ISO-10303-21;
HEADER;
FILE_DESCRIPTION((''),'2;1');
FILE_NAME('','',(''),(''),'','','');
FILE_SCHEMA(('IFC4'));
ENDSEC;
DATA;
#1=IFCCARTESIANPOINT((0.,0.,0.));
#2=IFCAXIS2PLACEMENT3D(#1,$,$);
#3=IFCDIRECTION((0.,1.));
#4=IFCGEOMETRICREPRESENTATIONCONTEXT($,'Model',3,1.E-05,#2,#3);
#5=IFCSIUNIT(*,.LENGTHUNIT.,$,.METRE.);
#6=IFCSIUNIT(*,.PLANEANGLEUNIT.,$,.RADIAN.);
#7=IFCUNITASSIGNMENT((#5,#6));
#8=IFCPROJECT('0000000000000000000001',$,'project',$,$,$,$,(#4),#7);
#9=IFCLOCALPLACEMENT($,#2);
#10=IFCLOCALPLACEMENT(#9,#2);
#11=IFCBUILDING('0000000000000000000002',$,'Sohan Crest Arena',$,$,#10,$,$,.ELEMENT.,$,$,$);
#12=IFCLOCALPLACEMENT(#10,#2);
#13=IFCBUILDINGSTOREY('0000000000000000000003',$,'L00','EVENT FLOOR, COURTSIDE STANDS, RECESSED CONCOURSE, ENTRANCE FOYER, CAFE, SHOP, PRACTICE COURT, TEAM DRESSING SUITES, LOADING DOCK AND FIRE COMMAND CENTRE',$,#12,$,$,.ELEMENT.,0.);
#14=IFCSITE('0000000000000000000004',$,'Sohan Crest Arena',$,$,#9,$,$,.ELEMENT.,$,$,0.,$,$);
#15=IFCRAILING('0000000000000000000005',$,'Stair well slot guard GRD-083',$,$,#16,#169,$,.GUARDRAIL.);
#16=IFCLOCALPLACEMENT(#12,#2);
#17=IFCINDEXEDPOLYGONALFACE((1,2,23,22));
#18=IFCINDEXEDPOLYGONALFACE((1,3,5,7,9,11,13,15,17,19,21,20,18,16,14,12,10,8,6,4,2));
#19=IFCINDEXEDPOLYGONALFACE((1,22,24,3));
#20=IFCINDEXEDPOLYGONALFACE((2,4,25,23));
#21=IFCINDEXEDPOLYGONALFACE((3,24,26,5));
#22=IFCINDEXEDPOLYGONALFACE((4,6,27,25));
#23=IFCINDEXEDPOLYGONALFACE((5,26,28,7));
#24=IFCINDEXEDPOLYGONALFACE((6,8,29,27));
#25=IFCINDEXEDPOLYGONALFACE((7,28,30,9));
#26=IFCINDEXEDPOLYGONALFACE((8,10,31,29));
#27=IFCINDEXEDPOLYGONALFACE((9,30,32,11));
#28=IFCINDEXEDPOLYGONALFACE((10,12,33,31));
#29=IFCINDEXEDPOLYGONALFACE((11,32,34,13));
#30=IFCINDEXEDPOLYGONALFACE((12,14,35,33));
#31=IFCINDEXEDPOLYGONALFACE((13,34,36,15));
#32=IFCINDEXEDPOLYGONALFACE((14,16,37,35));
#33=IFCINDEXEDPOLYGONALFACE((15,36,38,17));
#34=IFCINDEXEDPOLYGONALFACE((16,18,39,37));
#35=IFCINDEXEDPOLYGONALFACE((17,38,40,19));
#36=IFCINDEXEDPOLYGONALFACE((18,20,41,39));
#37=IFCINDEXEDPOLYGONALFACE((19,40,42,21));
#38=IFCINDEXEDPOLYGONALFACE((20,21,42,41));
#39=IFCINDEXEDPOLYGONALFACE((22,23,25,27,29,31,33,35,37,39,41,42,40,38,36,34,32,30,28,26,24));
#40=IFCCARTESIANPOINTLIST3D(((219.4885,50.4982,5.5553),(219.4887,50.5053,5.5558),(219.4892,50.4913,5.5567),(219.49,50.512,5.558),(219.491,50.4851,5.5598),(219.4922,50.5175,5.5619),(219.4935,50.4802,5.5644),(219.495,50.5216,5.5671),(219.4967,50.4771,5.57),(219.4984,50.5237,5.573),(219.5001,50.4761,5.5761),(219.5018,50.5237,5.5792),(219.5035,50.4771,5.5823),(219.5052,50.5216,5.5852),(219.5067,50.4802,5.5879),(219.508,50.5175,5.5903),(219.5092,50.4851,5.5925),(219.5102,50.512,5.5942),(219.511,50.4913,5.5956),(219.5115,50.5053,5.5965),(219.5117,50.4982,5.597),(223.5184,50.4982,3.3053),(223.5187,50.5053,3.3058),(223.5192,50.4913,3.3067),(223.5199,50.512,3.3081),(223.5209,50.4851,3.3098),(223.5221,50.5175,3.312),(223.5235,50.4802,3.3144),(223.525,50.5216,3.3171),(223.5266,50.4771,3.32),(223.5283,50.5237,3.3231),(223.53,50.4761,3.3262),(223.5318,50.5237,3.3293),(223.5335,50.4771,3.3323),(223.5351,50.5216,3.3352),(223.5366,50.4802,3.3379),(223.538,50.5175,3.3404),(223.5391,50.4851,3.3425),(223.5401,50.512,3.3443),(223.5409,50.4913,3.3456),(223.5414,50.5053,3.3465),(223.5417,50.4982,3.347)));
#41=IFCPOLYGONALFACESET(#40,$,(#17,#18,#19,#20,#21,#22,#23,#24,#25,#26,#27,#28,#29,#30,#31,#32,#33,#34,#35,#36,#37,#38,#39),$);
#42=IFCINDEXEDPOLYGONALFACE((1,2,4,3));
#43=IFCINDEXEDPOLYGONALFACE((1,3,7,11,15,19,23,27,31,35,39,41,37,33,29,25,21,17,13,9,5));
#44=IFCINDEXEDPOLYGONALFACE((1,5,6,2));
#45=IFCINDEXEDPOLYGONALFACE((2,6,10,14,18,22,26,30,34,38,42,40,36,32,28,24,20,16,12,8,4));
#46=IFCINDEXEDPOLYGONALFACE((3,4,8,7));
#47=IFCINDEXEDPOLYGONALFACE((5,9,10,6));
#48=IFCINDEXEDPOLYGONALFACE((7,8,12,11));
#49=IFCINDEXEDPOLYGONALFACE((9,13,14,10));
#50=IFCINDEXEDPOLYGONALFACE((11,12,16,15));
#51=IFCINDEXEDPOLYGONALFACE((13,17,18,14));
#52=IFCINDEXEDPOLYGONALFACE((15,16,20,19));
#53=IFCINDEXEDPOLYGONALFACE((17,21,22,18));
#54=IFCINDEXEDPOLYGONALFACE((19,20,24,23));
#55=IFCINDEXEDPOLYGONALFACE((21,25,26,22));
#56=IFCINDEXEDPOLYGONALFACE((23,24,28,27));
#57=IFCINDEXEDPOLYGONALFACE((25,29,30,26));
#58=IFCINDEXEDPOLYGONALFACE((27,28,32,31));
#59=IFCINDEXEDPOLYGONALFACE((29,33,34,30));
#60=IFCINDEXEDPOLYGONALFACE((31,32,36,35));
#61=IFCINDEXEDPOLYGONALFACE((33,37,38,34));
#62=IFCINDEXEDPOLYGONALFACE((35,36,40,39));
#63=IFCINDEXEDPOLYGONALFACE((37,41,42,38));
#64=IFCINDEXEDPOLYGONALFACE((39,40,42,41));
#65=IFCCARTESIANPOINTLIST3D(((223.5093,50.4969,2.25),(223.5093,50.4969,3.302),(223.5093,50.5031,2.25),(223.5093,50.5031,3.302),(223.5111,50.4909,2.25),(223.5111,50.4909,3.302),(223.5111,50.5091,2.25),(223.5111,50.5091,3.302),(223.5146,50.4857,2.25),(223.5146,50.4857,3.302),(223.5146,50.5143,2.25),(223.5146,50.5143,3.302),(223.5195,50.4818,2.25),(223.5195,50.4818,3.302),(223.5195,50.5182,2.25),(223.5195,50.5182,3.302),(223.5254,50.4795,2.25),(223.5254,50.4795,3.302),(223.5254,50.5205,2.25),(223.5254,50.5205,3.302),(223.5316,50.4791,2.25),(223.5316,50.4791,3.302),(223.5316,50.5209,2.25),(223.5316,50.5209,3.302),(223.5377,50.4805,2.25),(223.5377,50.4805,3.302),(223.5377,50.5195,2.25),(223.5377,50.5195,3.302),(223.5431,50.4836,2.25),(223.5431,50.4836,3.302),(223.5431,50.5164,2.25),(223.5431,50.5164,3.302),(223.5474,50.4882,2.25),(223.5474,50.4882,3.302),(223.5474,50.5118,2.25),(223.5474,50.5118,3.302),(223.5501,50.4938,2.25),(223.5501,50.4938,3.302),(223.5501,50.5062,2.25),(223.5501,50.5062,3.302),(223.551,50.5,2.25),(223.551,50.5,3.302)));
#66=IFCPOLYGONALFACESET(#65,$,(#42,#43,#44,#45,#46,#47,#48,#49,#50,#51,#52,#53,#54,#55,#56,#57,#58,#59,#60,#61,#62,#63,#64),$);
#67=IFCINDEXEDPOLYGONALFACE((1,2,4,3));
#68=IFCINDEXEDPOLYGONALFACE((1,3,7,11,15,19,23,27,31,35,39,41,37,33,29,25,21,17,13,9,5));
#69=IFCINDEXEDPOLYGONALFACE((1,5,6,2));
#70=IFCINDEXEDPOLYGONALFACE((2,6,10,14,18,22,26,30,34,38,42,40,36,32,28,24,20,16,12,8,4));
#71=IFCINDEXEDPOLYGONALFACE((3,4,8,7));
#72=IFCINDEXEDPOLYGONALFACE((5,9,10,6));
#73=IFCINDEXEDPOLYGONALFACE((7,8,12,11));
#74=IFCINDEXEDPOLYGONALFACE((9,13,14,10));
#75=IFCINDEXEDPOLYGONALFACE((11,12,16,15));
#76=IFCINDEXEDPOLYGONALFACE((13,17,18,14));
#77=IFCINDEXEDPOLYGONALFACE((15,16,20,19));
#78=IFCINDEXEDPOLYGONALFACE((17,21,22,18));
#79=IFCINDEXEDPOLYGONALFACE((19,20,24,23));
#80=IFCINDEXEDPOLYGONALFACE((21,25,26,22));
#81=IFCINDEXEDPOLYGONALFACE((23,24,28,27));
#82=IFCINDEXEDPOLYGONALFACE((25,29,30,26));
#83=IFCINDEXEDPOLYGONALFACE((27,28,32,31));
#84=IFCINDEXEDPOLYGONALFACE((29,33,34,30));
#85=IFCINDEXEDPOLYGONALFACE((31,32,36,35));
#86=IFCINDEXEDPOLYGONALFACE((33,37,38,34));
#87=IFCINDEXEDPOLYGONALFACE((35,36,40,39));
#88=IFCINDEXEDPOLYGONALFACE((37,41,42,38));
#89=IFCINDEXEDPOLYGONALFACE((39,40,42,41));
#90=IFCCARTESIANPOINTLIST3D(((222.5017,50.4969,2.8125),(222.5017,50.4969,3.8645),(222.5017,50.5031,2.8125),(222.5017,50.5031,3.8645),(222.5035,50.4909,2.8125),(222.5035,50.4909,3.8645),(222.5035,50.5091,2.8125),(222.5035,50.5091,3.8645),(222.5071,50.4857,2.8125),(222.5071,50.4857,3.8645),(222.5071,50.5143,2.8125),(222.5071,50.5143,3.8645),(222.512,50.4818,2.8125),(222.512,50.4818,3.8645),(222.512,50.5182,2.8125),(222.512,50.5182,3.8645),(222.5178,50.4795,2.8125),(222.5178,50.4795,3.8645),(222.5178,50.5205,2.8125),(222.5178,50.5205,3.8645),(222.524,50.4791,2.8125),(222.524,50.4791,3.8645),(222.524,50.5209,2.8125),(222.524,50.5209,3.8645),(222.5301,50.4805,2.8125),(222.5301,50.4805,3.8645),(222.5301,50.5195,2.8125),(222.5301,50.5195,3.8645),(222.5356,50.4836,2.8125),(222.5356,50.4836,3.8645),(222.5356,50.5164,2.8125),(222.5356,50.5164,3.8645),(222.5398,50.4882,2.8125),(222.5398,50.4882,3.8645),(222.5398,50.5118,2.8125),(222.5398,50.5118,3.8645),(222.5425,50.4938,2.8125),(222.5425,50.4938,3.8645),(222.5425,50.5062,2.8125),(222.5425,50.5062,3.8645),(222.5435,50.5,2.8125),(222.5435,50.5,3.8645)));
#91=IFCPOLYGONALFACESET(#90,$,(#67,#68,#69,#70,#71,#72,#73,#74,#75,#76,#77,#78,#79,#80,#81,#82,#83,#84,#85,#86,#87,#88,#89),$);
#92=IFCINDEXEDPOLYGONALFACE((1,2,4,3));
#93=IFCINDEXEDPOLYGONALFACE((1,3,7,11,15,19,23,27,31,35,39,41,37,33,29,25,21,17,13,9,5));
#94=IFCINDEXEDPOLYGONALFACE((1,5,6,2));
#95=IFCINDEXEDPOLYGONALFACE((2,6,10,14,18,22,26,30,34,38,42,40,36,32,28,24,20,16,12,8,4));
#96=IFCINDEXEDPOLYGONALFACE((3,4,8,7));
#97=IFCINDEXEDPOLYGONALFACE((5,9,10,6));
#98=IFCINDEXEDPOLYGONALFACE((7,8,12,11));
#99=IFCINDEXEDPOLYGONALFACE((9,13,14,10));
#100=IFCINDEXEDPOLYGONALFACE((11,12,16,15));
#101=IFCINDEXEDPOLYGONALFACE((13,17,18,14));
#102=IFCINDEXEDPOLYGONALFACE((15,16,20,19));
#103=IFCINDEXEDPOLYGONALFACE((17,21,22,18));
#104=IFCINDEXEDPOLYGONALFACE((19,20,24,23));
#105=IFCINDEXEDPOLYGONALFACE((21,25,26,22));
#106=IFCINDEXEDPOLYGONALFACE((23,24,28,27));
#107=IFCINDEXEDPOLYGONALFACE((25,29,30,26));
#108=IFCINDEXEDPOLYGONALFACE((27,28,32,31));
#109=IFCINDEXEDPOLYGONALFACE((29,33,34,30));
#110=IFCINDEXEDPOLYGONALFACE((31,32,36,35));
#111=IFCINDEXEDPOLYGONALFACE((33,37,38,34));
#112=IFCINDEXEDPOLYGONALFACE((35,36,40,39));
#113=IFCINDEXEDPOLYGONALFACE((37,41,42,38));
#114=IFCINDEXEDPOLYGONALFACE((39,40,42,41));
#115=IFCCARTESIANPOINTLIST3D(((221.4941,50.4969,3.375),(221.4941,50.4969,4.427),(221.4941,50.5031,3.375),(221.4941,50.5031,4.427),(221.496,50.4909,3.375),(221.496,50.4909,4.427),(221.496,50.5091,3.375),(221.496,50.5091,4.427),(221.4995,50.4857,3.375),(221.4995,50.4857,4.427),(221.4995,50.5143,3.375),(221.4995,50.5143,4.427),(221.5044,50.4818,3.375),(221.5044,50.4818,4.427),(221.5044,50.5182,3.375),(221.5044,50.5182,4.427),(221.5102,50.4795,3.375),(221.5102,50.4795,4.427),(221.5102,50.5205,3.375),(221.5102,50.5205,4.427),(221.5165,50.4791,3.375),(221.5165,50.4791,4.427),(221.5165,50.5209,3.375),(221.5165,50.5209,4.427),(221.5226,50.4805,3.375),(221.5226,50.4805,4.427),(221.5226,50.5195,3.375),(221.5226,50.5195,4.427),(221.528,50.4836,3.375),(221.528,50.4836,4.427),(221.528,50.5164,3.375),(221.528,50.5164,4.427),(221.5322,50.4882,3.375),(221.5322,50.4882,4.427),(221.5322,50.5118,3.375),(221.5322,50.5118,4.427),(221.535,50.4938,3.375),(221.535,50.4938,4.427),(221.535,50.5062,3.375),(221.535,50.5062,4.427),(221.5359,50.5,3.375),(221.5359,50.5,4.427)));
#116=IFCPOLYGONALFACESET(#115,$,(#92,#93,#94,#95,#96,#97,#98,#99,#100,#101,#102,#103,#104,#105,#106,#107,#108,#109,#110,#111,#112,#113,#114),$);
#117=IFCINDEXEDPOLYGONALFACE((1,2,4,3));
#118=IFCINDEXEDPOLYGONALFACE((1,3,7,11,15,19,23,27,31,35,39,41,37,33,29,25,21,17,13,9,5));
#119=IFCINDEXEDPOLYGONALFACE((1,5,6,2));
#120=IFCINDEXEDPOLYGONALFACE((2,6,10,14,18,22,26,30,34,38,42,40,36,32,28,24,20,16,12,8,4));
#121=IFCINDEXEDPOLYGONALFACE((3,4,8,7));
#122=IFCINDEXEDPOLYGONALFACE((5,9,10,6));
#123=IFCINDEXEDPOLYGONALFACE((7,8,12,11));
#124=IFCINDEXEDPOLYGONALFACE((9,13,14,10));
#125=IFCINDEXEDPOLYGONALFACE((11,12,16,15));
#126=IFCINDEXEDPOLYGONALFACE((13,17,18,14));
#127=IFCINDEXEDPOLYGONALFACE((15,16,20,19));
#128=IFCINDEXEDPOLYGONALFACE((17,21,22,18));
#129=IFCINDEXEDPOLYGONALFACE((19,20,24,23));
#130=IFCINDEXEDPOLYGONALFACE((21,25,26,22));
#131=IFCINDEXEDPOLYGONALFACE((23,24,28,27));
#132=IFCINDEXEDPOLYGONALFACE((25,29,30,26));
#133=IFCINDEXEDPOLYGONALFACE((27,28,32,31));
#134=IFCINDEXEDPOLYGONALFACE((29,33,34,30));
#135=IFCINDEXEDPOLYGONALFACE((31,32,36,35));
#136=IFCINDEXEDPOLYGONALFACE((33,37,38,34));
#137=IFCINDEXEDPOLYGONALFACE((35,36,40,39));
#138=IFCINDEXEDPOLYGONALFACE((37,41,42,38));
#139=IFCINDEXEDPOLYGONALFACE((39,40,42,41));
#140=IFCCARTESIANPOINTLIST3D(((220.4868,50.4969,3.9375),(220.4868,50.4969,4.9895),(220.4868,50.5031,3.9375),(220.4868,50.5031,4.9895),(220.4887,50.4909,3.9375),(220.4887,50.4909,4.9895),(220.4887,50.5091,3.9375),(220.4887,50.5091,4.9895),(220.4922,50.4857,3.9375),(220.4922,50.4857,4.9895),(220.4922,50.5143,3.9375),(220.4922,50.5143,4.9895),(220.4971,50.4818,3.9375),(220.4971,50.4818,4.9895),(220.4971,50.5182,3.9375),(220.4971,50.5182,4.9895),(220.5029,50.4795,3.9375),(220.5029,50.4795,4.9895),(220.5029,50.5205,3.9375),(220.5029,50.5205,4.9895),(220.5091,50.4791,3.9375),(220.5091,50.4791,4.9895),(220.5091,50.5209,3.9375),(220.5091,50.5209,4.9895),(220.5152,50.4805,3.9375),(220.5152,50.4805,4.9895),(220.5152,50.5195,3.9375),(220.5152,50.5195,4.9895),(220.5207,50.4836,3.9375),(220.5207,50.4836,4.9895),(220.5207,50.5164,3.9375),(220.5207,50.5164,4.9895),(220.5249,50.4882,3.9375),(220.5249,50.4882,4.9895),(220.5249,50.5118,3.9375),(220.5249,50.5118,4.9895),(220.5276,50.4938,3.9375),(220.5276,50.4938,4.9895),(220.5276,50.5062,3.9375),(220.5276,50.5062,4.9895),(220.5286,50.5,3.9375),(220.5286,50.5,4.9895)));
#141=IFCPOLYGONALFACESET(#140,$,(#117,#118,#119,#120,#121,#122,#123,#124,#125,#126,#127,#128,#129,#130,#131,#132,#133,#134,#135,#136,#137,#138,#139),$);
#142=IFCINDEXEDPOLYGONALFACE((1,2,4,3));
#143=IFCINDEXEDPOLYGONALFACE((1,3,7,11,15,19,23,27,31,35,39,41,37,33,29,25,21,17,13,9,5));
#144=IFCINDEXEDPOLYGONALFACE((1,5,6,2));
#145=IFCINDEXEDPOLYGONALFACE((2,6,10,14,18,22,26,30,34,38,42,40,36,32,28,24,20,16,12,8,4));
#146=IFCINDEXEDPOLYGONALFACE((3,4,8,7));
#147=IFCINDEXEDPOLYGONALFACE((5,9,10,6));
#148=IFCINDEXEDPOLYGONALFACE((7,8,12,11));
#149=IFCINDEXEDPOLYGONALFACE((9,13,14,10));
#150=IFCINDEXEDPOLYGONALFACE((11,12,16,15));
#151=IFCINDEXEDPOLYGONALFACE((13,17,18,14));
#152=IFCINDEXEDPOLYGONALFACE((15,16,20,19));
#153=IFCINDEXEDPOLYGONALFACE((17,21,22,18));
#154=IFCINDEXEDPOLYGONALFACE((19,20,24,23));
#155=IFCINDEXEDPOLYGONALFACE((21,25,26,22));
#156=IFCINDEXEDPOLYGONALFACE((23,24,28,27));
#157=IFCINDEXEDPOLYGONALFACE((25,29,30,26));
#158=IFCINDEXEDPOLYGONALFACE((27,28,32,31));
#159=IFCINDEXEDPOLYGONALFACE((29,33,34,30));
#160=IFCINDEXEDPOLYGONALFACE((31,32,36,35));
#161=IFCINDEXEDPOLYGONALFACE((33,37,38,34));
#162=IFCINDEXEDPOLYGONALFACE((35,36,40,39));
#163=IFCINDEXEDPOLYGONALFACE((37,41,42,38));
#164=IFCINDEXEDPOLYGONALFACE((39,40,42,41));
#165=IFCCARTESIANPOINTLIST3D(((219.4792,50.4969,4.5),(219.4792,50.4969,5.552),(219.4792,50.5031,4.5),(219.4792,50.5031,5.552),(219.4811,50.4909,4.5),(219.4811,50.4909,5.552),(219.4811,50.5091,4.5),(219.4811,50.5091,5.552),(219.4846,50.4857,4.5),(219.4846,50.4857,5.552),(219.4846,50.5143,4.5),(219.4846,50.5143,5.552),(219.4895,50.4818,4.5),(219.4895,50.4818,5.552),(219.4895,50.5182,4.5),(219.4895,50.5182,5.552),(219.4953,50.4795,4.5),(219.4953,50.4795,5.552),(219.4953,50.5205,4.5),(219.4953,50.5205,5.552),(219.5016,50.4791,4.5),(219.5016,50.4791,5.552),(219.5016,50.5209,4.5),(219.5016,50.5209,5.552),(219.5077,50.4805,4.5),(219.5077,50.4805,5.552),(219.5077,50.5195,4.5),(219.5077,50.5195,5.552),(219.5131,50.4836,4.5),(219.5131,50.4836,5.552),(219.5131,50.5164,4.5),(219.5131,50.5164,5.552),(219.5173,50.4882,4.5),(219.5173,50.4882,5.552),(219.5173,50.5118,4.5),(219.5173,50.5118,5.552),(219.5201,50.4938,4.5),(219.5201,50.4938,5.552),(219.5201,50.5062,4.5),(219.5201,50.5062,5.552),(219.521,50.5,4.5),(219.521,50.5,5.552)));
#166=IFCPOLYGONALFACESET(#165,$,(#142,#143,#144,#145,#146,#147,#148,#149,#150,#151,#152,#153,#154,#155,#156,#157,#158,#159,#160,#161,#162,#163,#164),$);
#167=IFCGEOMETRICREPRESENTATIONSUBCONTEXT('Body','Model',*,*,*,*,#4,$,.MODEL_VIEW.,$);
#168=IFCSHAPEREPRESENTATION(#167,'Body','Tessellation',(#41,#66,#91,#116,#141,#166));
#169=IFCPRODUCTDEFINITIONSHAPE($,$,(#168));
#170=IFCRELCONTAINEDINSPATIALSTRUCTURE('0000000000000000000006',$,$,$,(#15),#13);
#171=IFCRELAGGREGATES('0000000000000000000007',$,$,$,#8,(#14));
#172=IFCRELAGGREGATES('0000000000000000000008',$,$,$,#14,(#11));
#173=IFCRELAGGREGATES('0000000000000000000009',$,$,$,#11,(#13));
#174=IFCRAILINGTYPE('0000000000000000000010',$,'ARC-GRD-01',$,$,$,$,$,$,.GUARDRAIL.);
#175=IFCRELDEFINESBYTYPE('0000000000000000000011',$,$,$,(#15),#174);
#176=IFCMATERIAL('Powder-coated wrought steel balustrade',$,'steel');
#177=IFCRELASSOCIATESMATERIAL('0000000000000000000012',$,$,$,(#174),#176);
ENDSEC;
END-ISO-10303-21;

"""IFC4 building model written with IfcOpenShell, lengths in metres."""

from ifc_helpers import new_model, si_unit, direction, frame, origin, origin_2d, place, context, subcontext, project, spatial, circle, extrude, material, type_object, element, save


model = new_model("IFC4")

# Units and contexts
model_context = context("Model", 3, precision=1e-05, world=origin(), true_north=direction((0.0, 1.0)))
body_context = subcontext(model_context, "Body", "Model", "MODEL_VIEW")
ifc_project = project(units=[si_unit("LENGTHUNIT", "METRE"), si_unit("PLANEANGLEUNIT", "RADIAN")], contexts=[model_context])

# Site, building, storey
site_placement = place(None, origin())
site = spatial("IfcSite", under=ifc_project, at=site_placement, Name="Sohan Crest Arena", CompositionType="ELEMENT", RefElevation=0.0)
building_placement = place(site_placement, origin())
building = spatial("IfcBuilding", under=site, at=building_placement, Name="Sohan Crest Arena", CompositionType="ELEMENT")
storey_placement = place(building_placement, origin())
storey = spatial("IfcBuildingStorey", under=building, at=storey_placement, Name="L00", Description="EVENT FLOOR, COURTSIDE STANDS, RECESSED CONCOURSE, ENTRANCE FOYER, CAFE, SHOP, PRACTICE COURT, TEAM DRESSING SUITES, LOADING DOCK AND FIRE COMMAND CENTRE", CompositionType="ELEMENT", Elevation=0.0)

# Railing
ifc_material_1 = material(Name="Powder-coated wrought steel balustrade", Category="steel")
railing_type_1 = type_object("IfcRailingType", Name="ARC-GRD-01", PredefinedType="GUARDRAIL", material=ifc_material_1)
railing_1_placement = place(storey_placement, frame((223.53, 50.5, 2.25)))
element("IfcRailing", 1, at=railing_1_placement, inside=storey, type_object=railing_type_1, Name="Stair well slot guard GRD-083", PredefinedType="GUARDRAIL", context=body_context, shape_type="SweptSolid", body=[
    extrude(circle(Radius=0.0239, at=origin_2d()), frame((0.0, 0.0, 1.0762), z_axis=(-0.873135, 0.0, 0.487479), x_axis=(0.0, -1.0, 0.0)), (0.0, 0.0, 1.0), 4.6155),
    extrude(circle(Radius=0.021, at=origin_2d()), origin(), (0.0, 0.0, 1.0), 1.052),
    extrude(circle(Radius=0.021, at=origin_2d()), frame((-1.0076, 0.0, 0.5625)), (0.0, 0.0, 1.0), 1.052),
    extrude(circle(Radius=0.021, at=origin_2d()), frame((-2.0151, 0.0, 1.125)), (0.0, 0.0, 1.0), 1.052),
    extrude(circle(Radius=0.021, at=origin_2d()), frame((-3.0225, 0.0, 1.6875)), (0.0, 0.0, 1.0), 1.052),
    extrude(circle(Radius=0.021, at=origin_2d()), frame((-4.03, 0.0, 2.25)), (0.0, 0.0, 1.0), 1.052),
])

save(model, "model.ifc")
